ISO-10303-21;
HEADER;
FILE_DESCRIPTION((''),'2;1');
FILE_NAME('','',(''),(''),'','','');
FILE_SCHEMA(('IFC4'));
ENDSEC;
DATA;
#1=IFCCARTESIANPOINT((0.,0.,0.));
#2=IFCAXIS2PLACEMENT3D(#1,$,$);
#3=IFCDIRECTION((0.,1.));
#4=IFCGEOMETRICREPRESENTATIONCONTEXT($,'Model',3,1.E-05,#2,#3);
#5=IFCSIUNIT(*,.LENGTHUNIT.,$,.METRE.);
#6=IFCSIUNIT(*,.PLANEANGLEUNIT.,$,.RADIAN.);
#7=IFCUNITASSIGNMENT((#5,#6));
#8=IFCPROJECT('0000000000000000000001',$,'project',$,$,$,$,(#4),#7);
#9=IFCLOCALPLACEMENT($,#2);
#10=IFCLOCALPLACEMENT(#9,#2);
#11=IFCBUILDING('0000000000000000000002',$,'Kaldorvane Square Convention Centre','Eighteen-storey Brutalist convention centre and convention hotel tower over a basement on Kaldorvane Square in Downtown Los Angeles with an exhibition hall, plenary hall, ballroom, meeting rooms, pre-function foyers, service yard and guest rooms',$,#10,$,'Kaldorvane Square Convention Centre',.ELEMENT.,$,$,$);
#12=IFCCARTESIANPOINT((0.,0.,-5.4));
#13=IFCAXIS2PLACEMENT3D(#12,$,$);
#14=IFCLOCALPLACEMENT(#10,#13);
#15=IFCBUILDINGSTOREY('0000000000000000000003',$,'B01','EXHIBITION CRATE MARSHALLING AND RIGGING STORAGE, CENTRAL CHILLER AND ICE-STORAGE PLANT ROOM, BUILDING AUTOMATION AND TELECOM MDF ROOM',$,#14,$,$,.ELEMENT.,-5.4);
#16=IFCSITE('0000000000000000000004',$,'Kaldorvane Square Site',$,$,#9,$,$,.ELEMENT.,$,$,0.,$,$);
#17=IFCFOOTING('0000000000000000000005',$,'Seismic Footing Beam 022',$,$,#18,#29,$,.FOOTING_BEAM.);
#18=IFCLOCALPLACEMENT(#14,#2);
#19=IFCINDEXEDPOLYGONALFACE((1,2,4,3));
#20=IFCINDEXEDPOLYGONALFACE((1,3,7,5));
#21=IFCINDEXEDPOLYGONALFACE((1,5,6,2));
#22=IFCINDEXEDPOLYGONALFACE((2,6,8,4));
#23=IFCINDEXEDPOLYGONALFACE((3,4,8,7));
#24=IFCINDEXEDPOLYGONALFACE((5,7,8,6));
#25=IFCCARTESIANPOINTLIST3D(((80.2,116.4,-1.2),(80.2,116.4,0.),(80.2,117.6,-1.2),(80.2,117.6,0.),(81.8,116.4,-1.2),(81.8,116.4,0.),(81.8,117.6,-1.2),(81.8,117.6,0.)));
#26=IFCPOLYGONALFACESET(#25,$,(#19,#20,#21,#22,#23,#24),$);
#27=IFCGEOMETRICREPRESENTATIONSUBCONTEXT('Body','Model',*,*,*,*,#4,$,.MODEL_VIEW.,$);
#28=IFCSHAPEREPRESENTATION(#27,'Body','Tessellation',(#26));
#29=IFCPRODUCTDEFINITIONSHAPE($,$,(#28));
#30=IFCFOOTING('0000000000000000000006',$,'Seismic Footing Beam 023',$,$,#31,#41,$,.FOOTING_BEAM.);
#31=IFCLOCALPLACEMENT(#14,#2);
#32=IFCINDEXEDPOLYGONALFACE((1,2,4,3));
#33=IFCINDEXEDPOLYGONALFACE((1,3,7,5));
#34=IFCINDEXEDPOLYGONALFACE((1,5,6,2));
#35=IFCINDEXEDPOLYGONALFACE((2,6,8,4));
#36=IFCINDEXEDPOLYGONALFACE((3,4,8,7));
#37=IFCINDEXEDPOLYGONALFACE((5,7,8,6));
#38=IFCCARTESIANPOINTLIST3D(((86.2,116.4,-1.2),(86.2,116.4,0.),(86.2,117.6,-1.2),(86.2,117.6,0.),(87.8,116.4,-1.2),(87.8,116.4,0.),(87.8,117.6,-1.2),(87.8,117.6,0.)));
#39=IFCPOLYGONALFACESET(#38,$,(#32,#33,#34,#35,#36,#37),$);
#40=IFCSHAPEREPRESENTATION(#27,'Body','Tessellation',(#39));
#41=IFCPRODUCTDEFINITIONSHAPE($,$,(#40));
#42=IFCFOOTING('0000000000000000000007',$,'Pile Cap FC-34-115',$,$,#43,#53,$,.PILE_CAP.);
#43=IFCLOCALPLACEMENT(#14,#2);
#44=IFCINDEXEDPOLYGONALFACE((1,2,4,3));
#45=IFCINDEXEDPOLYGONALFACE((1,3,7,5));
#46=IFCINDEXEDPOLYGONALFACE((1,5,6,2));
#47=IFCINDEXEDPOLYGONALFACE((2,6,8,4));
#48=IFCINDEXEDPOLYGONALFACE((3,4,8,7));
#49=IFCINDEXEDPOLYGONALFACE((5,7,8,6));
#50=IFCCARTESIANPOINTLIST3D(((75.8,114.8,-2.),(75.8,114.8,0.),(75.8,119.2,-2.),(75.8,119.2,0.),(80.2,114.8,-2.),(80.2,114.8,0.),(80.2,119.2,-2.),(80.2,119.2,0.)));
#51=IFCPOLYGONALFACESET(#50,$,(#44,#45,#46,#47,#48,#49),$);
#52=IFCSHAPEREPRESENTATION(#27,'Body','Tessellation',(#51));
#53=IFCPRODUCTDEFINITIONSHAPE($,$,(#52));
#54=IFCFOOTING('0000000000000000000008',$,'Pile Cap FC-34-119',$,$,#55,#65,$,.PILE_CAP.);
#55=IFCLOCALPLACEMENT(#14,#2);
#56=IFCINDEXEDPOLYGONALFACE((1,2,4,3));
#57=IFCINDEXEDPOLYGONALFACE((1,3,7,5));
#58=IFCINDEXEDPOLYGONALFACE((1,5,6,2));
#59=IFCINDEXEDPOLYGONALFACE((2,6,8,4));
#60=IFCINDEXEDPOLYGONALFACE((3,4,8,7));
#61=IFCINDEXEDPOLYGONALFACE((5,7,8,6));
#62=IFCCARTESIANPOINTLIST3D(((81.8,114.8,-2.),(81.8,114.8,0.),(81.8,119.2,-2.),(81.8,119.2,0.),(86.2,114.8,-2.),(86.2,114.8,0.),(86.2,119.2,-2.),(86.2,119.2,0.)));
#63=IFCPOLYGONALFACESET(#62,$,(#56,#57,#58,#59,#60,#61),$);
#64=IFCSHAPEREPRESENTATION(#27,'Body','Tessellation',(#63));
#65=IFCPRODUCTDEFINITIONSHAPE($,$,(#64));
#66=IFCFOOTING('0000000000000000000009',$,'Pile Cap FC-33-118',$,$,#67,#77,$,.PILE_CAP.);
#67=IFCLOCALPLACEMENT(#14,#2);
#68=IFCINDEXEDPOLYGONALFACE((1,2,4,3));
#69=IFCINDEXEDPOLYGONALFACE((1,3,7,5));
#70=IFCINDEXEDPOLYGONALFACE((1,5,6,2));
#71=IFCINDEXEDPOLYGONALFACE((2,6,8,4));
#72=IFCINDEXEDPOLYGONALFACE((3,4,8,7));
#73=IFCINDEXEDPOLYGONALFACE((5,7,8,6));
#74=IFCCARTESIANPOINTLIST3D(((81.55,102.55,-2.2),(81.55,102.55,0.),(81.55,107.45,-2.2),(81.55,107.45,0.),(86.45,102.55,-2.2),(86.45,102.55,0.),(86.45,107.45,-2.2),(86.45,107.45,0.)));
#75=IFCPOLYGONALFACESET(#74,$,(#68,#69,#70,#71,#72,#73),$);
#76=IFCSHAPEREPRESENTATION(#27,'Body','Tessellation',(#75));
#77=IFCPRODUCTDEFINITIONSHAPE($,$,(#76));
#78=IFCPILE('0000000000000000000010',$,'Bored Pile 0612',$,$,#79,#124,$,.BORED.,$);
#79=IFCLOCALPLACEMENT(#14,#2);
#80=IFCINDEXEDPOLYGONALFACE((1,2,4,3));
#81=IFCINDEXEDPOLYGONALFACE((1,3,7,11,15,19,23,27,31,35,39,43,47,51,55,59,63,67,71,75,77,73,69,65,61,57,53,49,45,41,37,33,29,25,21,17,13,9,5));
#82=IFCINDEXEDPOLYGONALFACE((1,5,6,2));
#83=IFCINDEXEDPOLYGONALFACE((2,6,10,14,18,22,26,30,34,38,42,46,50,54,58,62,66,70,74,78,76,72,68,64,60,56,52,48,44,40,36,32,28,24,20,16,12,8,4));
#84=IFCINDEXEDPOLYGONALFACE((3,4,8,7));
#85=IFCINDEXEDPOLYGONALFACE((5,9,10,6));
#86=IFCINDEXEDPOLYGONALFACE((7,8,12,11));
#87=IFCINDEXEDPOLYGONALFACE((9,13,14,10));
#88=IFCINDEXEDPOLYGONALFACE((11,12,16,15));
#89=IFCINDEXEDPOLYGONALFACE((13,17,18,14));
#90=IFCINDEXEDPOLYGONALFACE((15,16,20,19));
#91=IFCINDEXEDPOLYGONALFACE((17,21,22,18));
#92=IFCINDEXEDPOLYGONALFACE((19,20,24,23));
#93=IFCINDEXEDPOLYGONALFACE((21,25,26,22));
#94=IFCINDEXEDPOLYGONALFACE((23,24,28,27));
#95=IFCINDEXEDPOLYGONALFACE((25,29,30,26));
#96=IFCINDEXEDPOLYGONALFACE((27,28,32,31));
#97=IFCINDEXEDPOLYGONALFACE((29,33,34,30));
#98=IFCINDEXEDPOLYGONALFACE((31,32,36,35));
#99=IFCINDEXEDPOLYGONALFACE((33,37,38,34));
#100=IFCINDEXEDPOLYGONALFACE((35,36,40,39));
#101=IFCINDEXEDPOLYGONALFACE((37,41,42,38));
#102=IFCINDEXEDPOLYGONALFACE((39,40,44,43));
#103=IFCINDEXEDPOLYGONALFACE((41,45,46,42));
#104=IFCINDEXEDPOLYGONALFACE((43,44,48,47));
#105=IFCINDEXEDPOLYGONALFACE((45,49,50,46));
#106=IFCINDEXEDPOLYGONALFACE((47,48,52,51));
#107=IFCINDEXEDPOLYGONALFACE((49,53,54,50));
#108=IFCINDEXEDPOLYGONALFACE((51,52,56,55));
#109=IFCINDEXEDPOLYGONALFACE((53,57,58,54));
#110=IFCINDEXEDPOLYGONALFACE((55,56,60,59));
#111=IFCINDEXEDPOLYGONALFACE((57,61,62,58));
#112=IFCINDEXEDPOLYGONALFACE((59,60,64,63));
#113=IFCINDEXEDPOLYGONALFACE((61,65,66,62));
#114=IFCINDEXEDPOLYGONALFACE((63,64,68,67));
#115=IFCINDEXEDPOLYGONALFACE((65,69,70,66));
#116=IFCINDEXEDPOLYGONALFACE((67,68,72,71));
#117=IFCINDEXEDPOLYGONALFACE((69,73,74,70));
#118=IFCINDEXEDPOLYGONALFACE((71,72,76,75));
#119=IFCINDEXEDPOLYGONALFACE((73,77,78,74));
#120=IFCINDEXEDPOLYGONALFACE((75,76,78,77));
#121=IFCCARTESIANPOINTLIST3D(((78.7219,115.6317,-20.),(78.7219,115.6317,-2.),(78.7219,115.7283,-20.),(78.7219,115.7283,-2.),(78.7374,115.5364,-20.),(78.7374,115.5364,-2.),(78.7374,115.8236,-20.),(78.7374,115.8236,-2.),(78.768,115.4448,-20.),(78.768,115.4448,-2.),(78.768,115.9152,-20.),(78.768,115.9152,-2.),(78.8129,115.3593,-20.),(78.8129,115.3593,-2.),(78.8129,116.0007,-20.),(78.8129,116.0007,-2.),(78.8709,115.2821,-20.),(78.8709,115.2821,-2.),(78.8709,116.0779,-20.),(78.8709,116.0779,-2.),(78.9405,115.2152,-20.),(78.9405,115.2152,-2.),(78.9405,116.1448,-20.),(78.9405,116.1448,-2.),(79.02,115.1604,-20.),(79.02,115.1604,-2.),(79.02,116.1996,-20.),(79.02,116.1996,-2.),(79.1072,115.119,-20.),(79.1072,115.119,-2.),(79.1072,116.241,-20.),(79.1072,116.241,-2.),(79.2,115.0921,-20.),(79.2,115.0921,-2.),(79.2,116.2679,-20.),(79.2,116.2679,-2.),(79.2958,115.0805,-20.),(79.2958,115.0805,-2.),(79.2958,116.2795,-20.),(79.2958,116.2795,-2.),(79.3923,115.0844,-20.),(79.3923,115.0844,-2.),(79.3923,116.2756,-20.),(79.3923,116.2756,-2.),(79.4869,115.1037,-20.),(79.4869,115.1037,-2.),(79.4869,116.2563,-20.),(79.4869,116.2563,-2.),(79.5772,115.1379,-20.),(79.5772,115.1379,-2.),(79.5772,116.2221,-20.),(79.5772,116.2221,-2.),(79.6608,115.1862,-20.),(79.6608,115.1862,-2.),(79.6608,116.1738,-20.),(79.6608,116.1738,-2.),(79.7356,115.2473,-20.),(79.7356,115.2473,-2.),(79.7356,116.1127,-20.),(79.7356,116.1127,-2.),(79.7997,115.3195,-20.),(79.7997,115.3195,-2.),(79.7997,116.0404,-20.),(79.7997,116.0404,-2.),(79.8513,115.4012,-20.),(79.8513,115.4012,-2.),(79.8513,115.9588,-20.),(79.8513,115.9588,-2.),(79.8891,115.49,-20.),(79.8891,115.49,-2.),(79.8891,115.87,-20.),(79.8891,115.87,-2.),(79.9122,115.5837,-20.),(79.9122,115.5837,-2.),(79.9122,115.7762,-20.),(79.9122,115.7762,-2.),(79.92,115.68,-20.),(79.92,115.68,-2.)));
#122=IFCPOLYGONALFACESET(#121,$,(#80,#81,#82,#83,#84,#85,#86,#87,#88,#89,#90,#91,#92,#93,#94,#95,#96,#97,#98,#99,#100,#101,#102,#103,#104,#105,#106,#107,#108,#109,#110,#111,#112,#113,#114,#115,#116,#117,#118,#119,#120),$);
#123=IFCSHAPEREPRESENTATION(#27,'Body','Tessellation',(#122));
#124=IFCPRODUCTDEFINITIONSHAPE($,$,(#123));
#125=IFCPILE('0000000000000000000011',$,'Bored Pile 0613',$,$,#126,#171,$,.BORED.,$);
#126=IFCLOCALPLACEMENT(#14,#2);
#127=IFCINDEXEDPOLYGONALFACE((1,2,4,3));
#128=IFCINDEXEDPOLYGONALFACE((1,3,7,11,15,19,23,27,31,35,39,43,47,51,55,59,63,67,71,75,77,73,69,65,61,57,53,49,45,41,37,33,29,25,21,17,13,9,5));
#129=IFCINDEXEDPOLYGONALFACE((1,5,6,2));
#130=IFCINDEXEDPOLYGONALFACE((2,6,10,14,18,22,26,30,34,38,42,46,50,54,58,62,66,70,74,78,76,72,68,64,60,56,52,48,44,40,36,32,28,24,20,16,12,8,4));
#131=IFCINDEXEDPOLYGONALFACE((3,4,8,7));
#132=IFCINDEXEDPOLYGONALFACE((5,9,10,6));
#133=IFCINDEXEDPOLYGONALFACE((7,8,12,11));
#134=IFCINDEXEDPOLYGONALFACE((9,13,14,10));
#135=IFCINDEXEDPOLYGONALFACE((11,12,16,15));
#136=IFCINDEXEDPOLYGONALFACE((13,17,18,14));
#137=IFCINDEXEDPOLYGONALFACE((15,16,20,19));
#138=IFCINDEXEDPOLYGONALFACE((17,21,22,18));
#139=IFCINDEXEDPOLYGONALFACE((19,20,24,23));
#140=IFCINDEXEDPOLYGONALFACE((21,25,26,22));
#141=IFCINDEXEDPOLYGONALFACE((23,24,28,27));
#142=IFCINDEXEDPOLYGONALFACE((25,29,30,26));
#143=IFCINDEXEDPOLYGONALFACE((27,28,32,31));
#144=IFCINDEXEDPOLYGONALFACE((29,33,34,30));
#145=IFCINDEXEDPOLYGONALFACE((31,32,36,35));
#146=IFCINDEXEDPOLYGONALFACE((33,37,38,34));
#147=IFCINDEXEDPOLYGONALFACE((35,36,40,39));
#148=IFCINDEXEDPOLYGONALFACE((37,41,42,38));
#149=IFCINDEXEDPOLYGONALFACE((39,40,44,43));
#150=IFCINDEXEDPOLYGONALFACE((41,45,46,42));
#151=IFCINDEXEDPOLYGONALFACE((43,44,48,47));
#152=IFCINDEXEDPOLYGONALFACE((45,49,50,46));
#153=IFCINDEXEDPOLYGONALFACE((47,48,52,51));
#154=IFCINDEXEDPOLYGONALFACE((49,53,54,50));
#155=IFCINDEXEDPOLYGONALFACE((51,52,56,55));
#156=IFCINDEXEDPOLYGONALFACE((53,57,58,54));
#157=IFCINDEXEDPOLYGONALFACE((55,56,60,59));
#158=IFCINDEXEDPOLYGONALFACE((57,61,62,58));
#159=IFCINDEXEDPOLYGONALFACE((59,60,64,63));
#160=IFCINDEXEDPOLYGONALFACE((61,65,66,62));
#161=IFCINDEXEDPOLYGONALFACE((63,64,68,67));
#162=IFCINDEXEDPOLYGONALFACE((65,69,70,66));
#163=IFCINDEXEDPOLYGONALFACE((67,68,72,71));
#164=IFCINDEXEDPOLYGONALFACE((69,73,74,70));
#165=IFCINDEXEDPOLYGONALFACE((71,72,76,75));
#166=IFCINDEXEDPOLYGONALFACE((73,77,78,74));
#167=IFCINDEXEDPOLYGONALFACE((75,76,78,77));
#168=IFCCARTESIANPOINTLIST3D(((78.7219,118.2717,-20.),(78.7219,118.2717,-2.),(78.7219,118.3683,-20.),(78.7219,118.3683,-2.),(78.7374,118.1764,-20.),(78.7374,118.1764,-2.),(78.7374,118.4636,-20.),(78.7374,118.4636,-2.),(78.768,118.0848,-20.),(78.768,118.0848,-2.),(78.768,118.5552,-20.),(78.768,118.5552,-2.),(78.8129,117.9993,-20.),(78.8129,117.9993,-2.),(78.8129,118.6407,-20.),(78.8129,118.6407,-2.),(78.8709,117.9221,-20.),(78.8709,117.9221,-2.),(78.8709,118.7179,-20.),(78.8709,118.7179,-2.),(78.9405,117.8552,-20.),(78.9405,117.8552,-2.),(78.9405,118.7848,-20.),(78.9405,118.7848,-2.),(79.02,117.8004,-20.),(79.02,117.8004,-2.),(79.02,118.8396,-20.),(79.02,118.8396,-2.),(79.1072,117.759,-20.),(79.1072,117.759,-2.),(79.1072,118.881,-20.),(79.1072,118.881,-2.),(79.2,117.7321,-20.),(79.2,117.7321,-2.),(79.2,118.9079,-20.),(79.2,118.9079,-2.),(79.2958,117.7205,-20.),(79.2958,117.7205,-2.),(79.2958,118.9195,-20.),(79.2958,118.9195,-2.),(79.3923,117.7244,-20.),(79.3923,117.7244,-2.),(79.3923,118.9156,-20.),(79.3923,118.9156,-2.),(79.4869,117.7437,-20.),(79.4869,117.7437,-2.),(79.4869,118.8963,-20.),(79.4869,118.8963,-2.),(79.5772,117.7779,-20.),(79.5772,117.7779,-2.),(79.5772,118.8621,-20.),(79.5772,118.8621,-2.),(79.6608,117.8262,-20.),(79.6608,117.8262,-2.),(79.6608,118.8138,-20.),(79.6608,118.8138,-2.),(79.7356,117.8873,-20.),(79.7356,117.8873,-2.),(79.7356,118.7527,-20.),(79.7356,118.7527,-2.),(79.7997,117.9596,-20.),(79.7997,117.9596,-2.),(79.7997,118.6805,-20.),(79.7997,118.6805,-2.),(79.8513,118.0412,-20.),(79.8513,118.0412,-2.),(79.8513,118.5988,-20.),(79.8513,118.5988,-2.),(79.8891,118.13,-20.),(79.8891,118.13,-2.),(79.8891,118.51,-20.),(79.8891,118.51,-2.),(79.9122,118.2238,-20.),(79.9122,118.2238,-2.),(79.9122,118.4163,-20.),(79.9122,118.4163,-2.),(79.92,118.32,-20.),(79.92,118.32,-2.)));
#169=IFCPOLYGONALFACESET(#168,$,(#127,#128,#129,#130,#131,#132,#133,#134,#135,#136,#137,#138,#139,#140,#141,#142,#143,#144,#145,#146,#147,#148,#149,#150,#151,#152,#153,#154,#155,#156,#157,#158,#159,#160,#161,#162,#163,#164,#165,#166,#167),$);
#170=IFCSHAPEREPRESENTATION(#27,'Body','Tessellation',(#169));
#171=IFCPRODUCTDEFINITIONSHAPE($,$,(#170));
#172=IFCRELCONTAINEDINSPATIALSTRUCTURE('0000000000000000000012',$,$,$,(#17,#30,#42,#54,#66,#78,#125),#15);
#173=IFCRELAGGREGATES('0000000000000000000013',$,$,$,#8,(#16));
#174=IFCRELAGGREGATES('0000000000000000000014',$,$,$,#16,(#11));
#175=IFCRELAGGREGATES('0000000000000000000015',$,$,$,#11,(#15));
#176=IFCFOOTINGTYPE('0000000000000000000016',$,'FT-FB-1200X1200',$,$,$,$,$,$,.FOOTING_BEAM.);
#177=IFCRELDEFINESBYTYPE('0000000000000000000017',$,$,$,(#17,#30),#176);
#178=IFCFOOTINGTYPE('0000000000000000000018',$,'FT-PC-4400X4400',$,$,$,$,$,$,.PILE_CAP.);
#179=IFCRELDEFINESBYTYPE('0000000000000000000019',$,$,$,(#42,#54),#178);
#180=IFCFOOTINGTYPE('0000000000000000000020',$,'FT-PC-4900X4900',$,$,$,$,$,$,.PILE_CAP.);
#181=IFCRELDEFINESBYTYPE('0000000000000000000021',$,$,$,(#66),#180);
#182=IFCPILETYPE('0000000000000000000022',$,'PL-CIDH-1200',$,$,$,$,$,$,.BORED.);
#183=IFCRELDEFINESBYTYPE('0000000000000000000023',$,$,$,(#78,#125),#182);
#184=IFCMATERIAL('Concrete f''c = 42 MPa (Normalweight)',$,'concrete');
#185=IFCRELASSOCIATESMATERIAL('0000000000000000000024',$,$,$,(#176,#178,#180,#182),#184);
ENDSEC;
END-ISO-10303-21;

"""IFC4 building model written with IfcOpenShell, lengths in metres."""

from ifc_helpers import new_model, si_unit, direction, frame, origin, origin_2d, place, context, subcontext, project, spatial, rectangle, circle, extrude, material, material_profile, profile_set, type_object, element, save


model = new_model("IFC4")

# Units and contexts
model_context = context("Model", 3, precision=1e-05, world=origin(), true_north=direction((0.0, 1.0)))
body_context = subcontext(model_context, "Body", "Model", "MODEL_VIEW")
ifc_project = project(units=[si_unit("LENGTHUNIT", "METRE"), si_unit("PLANEANGLEUNIT", "RADIAN")], contexts=[model_context])

# Site, building, storey
site_placement = place(None, origin())
site = spatial("IfcSite", under=ifc_project, at=site_placement, Name="Kaldorvane Square Site", CompositionType="ELEMENT", RefElevation=0.0)
building_placement = place(site_placement, origin())
building = spatial("IfcBuilding", under=site, at=building_placement, Name="Kaldorvane Square Convention Centre", Description="Eighteen-storey Brutalist convention centre and convention hotel tower over a basement on Kaldorvane Square in Downtown Los Angeles with an exhibition hall, plenary hall, ballroom, meeting rooms, pre-function foyers, service yard and guest rooms", LongName="Kaldorvane Square Convention Centre", CompositionType="ELEMENT")
storey_placement = place(building_placement, frame((0.0, 0.0, -5.4)))
storey = spatial("IfcBuildingStorey", under=building, at=storey_placement, Name="B01", Description="EXHIBITION CRATE MARSHALLING AND RIGGING STORAGE, CENTRAL CHILLER AND ICE-STORAGE PLANT ROOM, BUILDING AUTOMATION AND TELECOM MDF ROOM", CompositionType="ELEMENT", Elevation=-5.4)

# Footings
ifc_material_1 = material(Name="Concrete f'c = 42 MPa (Normalweight)", Category="concrete")
footing_type_1 = type_object("IfcFootingType", Name="FT-FB-1200X1200", PredefinedType="FOOTING_BEAM", material=ifc_material_1)
for number, where, z_axis, x_axis, name in (
    (1, (81.0, 117.0, -1.2), (0.0, 0.0, 1.0), (1.0, 0.0, 0.0), "Seismic Footing Beam 022"),
    (2, (87.0, 117.0, -1.2), (0.0, 0.0, 1.0), (1.0, 0.0, 0.0), "Seismic Footing Beam 023"),
):
    element("IfcFooting", number, at=place(storey_placement, frame(where, z_axis=z_axis, x_axis=x_axis)), inside=storey, type_object=footing_type_1, Name=name, PredefinedType="FOOTING_BEAM", context=body_context, shape_type="SweptSolid", body=[
        extrude(rectangle(XDim=1.6, YDim=1.2, at=origin_2d()), origin(), (0.0, 0.0, 1.0), 1.2),
    ])
footing_type_2 = type_object("IfcFootingType", Name="FT-PC-4400X4400", PredefinedType="PILE_CAP", material=ifc_material_1)
for number, where, z_axis, x_axis, name in (
    (3, (78.0, 117.0, -2.0), (0.0, 0.0, 1.0), (1.0, 0.0, 0.0), "Pile Cap FC-34-115"),
    (4, (84.0, 117.0, -2.0), (0.0, 0.0, 1.0), (1.0, 0.0, 0.0), "Pile Cap FC-34-119"),
):
    element("IfcFooting", number, at=place(storey_placement, frame(where, z_axis=z_axis, x_axis=x_axis)), inside=storey, type_object=footing_type_2, Name=name, PredefinedType="PILE_CAP", context=body_context, shape_type="SweptSolid", body=[
        extrude(rectangle(XDim=4.4, YDim=4.4, at=origin_2d()), origin(), (0.0, 0.0, 1.0), 2.0),
    ])
footing_type_3 = type_object("IfcFootingType", Name="FT-PC-4900X4900", PredefinedType="PILE_CAP", material=ifc_material_1)
footing_placement = place(storey_placement, frame((84.0, 105.0, -2.2), z_axis=(0.0, 0.0, 1.0), x_axis=(1.0, 0.0, 0.0)))
element("IfcFooting", 5, at=footing_placement, inside=storey, type_object=footing_type_3, Name="Pile Cap FC-33-118", PredefinedType="PILE_CAP", context=body_context, shape_type="SweptSolid", body=[
    extrude(rectangle(XDim=4.9, YDim=4.9, at=origin_2d()), origin(), (0.0, 0.0, 1.0), 2.2),
])

# Piles
ifc_material_profile_1 = material_profile(ifc_material_1, circle(Radius=0.6, at=origin_2d()), Name="PILE-D1200")
ifc_profile_set_1 = profile_set([ifc_material_profile_1], Name="Concrete f'c = 42 MPa (Normalweight)")
pile_type_1 = type_object("IfcPileType", Name="PL-CIDH-1200", PredefinedType="BORED", material=ifc_profile_set_1)
for number, where, z_axis, x_axis, name in (
    (6, (79.32, 115.68, -2.0), (0.0, 0.0, -1.0), (1.0, 0.0, 0.0), "Bored Pile 0612"),
    (7, (79.32, 118.32, -2.0), (0.0, 0.0, -1.0), (1.0, 0.0, 0.0), "Bored Pile 0613"),
):
    element("IfcPile", number, at=place(storey_placement, frame(where, z_axis=z_axis, x_axis=x_axis)), inside=storey, type_object=pile_type_1, Name=name, PredefinedType="BORED", context=body_context, shape_type="SweptSolid", body=[
        extrude(circle(Radius=0.6, at=origin_2d()), origin(), (0.0, 0.0, 1.0), 18.0),
    ])

save(model, "model.ifc")
